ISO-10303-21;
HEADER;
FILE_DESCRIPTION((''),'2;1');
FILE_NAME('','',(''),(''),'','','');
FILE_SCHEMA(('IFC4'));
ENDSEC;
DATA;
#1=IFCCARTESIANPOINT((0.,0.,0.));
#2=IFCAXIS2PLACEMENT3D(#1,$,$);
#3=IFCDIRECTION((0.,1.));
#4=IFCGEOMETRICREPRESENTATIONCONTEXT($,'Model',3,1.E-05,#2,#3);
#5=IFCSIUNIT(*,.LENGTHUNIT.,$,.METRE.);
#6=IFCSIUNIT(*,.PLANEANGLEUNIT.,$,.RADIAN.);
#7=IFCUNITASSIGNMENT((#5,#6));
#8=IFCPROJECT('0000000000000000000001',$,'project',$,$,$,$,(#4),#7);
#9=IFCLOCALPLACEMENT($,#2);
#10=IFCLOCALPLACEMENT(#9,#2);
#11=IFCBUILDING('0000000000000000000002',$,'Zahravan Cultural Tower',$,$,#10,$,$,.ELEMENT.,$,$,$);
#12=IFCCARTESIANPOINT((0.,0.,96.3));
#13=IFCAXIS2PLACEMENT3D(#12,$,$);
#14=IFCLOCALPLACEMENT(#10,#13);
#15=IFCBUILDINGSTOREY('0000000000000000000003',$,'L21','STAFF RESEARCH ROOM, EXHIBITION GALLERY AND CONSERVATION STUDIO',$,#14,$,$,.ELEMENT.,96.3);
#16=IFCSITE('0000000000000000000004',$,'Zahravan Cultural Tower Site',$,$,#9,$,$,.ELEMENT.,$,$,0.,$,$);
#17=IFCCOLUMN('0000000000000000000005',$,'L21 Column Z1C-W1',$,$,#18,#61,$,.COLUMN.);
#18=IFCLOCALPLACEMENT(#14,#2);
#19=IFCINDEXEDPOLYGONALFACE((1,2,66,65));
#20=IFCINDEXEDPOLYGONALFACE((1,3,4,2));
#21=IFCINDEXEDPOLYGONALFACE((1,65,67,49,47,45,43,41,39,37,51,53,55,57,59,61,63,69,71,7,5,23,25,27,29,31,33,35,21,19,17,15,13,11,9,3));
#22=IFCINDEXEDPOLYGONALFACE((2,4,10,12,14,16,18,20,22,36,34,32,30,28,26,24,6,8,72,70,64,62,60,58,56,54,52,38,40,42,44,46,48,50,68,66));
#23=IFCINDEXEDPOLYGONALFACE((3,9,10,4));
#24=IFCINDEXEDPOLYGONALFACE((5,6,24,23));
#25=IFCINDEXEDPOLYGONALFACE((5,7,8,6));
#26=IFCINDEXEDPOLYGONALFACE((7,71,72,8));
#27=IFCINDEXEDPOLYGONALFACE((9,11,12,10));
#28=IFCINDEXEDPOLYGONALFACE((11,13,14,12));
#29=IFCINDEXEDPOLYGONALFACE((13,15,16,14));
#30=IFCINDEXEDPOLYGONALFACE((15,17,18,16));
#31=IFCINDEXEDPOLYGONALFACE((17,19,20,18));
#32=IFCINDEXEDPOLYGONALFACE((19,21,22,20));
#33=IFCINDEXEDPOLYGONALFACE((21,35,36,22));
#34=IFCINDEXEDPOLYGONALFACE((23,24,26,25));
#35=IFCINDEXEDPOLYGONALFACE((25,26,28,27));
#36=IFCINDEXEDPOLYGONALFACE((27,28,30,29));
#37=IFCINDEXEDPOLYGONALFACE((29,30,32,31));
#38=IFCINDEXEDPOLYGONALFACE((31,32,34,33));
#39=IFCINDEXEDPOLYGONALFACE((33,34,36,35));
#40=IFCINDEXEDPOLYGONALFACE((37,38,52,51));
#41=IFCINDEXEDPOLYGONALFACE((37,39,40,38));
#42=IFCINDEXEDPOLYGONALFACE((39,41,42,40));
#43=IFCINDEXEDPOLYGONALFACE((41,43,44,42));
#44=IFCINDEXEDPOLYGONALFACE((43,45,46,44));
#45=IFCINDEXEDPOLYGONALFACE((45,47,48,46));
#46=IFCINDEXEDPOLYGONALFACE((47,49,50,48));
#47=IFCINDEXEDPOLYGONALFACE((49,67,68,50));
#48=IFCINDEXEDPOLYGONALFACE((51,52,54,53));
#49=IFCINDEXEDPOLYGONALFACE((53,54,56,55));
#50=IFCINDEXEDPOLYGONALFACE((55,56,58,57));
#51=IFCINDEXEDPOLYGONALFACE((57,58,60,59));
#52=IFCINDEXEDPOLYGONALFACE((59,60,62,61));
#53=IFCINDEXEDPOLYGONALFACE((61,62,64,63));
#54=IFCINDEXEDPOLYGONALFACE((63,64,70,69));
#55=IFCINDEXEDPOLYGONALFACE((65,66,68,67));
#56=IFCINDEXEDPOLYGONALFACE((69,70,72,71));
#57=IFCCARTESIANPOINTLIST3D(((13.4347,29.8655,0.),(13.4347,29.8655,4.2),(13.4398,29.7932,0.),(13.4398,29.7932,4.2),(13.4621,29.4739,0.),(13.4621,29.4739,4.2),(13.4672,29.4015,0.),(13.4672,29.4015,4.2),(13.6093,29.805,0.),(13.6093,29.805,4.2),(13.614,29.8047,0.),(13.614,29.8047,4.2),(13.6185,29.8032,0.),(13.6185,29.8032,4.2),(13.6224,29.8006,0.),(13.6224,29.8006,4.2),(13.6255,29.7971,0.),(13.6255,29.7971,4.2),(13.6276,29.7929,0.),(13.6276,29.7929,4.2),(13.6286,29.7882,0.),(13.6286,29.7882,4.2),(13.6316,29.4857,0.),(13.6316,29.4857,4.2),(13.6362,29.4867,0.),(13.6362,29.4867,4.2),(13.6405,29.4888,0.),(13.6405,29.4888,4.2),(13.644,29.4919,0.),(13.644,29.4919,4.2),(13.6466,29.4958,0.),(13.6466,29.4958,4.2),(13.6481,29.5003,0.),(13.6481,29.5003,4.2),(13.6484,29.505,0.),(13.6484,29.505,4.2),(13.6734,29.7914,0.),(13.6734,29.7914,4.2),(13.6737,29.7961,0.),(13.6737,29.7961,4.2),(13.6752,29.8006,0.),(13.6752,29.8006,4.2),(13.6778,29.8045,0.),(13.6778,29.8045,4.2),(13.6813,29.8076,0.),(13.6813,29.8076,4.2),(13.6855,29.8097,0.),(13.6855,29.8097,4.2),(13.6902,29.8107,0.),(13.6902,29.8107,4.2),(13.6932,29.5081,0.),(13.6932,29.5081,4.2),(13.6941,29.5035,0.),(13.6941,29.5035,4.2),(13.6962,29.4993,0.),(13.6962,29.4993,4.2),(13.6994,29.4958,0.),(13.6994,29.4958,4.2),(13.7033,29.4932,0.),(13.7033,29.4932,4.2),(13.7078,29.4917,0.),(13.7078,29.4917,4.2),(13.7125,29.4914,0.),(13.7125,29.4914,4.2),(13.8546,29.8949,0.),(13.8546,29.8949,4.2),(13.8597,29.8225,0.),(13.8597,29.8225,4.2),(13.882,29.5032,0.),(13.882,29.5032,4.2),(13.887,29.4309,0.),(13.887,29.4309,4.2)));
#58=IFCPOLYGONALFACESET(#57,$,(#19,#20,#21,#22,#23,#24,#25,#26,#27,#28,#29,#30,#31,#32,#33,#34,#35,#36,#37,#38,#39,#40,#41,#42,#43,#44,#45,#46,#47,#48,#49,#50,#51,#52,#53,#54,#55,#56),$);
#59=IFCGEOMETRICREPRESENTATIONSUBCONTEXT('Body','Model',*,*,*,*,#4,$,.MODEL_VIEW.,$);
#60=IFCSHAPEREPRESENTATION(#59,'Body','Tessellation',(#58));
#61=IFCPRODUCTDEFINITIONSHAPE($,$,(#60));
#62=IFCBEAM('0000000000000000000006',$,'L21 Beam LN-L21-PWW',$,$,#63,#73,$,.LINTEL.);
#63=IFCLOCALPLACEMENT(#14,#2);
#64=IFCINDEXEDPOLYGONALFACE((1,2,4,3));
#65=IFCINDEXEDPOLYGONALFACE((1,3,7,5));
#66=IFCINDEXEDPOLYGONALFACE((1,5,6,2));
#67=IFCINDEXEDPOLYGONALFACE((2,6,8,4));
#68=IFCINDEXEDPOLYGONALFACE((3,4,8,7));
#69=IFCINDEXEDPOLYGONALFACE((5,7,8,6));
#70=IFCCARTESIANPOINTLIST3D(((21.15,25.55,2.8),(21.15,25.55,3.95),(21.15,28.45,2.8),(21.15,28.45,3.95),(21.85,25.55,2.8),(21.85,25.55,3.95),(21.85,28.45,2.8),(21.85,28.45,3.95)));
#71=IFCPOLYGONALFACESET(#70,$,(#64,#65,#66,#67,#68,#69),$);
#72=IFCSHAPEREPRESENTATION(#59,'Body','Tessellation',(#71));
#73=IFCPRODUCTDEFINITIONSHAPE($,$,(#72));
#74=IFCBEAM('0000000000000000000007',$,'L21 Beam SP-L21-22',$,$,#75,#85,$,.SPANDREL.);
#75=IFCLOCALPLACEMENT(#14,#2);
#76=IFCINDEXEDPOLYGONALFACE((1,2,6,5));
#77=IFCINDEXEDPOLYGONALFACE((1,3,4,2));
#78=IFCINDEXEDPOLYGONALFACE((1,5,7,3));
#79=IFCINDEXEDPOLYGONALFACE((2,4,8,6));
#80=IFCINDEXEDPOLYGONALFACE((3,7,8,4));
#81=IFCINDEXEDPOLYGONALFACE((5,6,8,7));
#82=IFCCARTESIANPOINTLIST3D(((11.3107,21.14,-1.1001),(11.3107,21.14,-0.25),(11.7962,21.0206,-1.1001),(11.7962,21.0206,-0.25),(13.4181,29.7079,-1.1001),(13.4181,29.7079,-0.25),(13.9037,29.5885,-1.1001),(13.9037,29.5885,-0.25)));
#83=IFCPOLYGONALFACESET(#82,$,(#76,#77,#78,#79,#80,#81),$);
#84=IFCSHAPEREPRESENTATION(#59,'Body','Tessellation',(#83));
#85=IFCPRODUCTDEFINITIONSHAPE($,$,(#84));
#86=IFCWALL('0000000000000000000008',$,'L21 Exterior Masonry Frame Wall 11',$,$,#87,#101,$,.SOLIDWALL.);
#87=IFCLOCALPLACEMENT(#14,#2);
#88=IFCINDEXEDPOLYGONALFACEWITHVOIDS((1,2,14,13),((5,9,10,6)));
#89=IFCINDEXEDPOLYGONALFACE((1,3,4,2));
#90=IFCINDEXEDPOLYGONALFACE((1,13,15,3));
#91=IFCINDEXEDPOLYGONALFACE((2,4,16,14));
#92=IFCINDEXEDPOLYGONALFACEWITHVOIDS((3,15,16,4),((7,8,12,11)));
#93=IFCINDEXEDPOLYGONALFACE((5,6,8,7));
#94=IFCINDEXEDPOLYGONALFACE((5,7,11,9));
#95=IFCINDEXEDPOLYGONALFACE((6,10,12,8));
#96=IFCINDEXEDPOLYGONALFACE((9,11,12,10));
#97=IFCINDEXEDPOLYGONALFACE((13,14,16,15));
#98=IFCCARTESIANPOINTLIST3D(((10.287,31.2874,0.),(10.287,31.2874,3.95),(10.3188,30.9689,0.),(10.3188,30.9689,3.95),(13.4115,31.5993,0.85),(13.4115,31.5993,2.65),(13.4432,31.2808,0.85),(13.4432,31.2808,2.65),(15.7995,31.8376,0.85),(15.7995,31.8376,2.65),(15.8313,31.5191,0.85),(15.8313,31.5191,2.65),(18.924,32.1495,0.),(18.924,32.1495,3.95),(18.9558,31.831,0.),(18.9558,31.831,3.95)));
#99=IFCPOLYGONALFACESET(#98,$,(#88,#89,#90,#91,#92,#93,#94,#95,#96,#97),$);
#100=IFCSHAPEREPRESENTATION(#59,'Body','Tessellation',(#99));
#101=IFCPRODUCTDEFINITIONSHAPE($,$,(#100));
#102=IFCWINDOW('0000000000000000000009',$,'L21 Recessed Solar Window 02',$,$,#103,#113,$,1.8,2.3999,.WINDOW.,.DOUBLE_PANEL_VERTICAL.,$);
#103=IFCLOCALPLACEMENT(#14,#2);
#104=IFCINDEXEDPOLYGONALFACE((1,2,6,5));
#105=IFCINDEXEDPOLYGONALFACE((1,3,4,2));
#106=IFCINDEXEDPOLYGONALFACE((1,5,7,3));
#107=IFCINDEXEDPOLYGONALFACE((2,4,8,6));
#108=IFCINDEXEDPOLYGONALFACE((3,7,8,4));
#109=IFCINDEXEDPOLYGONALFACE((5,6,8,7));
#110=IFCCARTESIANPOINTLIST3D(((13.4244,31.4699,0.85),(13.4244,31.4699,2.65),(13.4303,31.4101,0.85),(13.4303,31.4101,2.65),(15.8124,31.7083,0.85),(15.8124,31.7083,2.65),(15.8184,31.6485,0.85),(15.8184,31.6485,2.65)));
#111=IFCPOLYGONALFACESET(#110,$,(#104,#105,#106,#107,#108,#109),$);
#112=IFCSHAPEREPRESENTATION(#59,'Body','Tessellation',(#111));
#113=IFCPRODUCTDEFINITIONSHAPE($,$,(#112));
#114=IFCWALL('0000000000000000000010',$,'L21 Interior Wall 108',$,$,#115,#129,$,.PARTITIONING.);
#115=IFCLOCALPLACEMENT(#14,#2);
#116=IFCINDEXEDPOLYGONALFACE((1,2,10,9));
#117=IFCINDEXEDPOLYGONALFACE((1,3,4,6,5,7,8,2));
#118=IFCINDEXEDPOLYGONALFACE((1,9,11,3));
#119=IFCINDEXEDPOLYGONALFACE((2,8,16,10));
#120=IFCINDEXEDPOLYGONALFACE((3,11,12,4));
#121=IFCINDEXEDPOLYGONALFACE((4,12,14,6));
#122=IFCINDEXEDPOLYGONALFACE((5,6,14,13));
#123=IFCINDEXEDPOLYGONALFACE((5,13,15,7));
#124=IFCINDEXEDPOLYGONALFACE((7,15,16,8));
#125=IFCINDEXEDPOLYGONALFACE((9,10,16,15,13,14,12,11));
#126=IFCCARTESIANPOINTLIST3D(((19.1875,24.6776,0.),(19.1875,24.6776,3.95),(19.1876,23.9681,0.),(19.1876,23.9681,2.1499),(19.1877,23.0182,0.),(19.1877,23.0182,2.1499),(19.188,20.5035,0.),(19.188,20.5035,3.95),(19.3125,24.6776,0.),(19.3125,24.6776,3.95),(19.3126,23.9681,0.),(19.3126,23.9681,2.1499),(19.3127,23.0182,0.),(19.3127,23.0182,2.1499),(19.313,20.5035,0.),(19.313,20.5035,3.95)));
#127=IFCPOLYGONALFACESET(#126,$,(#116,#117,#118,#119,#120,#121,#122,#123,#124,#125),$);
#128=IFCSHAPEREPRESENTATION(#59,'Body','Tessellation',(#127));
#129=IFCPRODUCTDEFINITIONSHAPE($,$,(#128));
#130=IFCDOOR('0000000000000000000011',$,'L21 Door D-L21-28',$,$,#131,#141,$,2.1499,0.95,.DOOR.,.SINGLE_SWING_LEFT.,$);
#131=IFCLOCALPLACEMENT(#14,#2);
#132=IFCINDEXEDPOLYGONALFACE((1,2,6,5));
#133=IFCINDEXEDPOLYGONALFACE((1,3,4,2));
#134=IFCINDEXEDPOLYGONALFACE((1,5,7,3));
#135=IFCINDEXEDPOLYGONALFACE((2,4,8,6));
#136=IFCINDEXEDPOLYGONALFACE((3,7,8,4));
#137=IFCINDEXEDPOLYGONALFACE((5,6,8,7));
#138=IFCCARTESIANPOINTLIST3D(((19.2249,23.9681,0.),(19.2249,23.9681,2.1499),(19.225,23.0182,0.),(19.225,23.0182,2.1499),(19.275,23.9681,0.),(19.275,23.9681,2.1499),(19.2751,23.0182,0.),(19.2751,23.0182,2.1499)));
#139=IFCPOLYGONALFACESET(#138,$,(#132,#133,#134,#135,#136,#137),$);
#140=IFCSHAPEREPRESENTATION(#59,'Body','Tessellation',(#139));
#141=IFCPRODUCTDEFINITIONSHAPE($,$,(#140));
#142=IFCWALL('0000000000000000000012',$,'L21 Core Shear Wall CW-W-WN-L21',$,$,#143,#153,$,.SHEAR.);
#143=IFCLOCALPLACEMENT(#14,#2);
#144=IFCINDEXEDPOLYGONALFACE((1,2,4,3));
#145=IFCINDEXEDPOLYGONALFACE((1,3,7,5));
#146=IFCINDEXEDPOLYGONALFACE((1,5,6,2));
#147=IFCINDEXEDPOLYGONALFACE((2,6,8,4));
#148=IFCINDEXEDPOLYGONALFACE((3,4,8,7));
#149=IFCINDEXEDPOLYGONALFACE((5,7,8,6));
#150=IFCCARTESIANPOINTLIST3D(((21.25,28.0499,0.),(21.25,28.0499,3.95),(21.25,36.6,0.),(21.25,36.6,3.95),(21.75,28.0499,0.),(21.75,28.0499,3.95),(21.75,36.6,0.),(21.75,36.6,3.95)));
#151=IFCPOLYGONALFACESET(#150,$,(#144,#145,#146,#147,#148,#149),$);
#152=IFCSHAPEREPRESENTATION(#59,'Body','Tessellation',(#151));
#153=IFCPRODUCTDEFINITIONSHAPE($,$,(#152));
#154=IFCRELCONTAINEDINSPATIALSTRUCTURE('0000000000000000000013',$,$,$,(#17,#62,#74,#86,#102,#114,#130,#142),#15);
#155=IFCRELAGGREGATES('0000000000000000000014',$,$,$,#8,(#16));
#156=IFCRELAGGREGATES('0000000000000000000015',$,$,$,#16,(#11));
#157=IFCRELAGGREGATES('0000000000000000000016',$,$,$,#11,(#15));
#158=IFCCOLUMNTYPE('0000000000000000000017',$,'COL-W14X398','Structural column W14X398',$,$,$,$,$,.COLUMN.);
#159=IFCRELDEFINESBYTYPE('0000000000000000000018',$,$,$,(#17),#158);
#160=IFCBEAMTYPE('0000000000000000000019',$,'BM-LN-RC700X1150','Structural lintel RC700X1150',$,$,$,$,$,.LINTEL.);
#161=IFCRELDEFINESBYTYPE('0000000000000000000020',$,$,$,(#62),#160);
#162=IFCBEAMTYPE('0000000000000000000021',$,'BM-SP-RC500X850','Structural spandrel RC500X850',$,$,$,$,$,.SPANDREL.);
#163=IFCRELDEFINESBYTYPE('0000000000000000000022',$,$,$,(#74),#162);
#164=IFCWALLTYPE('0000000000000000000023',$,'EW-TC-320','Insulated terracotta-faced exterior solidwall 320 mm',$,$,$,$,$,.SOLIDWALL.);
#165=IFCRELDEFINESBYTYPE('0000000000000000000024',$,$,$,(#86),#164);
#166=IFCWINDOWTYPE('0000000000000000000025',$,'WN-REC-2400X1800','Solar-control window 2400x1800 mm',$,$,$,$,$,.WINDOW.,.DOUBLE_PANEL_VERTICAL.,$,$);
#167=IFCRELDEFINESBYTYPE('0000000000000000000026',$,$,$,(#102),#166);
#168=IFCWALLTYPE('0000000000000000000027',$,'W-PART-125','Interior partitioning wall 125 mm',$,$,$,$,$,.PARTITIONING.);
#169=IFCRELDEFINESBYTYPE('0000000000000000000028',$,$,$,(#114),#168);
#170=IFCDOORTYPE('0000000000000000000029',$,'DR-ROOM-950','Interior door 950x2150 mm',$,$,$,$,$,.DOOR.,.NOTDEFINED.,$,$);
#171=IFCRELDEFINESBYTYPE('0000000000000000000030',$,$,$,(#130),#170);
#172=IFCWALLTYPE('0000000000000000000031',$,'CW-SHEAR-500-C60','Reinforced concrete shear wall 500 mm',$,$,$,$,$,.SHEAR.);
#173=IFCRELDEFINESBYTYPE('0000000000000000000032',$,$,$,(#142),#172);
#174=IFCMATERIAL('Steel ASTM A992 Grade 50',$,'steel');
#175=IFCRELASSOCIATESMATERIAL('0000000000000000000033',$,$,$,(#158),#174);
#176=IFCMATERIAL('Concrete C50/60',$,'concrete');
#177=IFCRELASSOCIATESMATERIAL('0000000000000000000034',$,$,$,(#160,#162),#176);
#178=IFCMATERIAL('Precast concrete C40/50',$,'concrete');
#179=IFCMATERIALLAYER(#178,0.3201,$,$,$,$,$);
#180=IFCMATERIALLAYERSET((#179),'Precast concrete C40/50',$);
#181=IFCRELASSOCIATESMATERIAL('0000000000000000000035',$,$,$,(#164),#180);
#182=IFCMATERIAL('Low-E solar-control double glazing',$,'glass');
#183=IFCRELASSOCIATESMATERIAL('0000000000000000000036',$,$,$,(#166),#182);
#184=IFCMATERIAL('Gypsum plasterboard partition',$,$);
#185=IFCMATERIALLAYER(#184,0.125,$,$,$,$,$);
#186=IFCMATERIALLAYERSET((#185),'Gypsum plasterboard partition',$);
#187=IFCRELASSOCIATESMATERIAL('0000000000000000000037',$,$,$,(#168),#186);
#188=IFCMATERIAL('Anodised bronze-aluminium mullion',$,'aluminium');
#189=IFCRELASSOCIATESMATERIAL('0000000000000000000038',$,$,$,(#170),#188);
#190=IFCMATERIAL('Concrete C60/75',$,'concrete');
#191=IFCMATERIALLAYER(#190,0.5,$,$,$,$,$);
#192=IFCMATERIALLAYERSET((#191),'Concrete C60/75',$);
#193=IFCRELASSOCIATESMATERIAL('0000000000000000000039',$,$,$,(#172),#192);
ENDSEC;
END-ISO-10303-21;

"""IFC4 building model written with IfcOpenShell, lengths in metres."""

from ifc_helpers import new_model, si_unit, direction, frame, frame_2d, origin, origin_2d, place, context, subcontext, project, spatial, rectangle, i_section, extrude, source, transform, mapped, material, layer, layer_set, material_profile, profile_set, type_object, element, fill, save


model = new_model("IFC4")

# Units and contexts
model_context = context("Model", 3, precision=1e-05, world=origin(), true_north=direction((0.0, 1.0)))
body_context = subcontext(model_context, "Body", "Model", "MODEL_VIEW")
ifc_project = project(units=[si_unit("LENGTHUNIT", "METRE"), si_unit("PLANEANGLEUNIT", "RADIAN")], contexts=[model_context])

# Site, building, storey
site_placement = place(None, origin())
site = spatial("IfcSite", under=ifc_project, at=site_placement, Name="Zahravan Cultural Tower Site", CompositionType="ELEMENT", RefElevation=0.0)
building_placement = place(site_placement, origin())
building = spatial("IfcBuilding", under=site, at=building_placement, Name="Zahravan Cultural Tower", CompositionType="ELEMENT")
storey_placement = place(building_placement, frame((0.0, 0.0, 96.3)))
storey = spatial("IfcBuildingStorey", under=building, at=storey_placement, Name="L21", Description="STAFF RESEARCH ROOM, EXHIBITION GALLERY AND CONSERVATION STUDIO", CompositionType="ELEMENT", Elevation=96.3)

# Column
ifc_material_1 = material(Name="Steel ASTM A992 Grade 50", Category="steel")
ifc_material_profile_1 = material_profile(ifc_material_1, i_section(OverallWidth=0.4209, OverallDepth=0.4651, WebThickness=0.0449, FlangeThickness=0.0725, FilletRadius=0.0181, at=origin_2d()), Name="W14X398")
ifc_profile_set_1 = profile_set([ifc_material_profile_1], Name="Steel ASTM A992 Grade 50")
column_type = type_object("IfcColumnType", Name="COL-W14X398", Description="Structural column W14X398", PredefinedType="COLUMN", material=ifc_profile_set_1)
shared_shape_1 = source(origin(), body_context, "Body", "SweptSolid", [
    extrude(i_section(OverallWidth=0.4209, OverallDepth=0.4651, WebThickness=0.0449, FlangeThickness=0.0725, FilletRadius=0.0181, at=origin_2d()), origin(), (0.0, 0.0, 1.0), 4.2),
])
column_placement = place(storey_placement, frame((13.6609, 29.6482, 0.0), z_axis=(0.0, 0.0, 1.0), x_axis=(0.997564, 0.069756, 0.0)))
element("IfcColumn", 1, at=column_placement, inside=storey, type_object=column_type, Name="L21 Column Z1C-W1", PredefinedType="COLUMN", context=body_context, shape_type="MappedRepresentation", body=[
    mapped(shared_shape_1, transform((0.0, 0.0, 0.0), x_axis=(1.0, 0.0, 0.0), y_axis=(0.0, 1.0, 0.0), z_axis=(0.0, 0.0, 1.0), scale=1.0)),
])

# Beams
ifc_material_2 = material(Name="Concrete C50/60", Category="concrete")
ifc_material_profile_2 = material_profile(ifc_material_2, rectangle(XDim=0.7, YDim=1.1499, at=origin_2d()), Name="RC700X1150")
ifc_profile_set_2 = profile_set([ifc_material_profile_2], Name="Concrete C50/60")
beam_type_1 = type_object("IfcBeamType", Name="BM-LN-RC700X1150", Description="Structural lintel RC700X1150", PredefinedType="LINTEL", material=ifc_profile_set_2)
shared_shape_2 = source(origin(), body_context, "Body", "SweptSolid", [
    extrude(rectangle(XDim=0.7, YDim=1.1499, at=origin_2d()), origin(), (0.0, 0.0, 1.0), 2.8999),
])
beam_1_placement = place(storey_placement, frame((21.5, 25.55, 3.375), z_axis=(0.0, 1.0, 0.0), x_axis=(-1.0, 0.0, 0.0)))
element("IfcBeam", 2, at=beam_1_placement, inside=storey, type_object=beam_type_1, Name="L21 Beam LN-L21-PWW", PredefinedType="LINTEL", context=body_context, shape_type="MappedRepresentation", body=[
    mapped(shared_shape_2, transform((0.0, 0.0, 0.0), x_axis=(1.0, 0.0, 0.0), y_axis=(0.0, 1.0, 0.0), z_axis=(0.0, 0.0, 1.0), scale=1.0)),
])
ifc_material_profile_3 = material_profile(ifc_material_2, rectangle(XDim=0.5, YDim=0.8501, at=origin_2d()), Name="RC500X850")
ifc_profile_set_3 = profile_set([ifc_material_profile_3], Name="Concrete C50/60")
beam_type_2 = type_object("IfcBeamType", Name="BM-SP-RC500X850", Description="Structural spandrel RC500X850", PredefinedType="SPANDREL", material=ifc_profile_set_3)
shared_shape_3 = source(origin(), body_context, "Body", "SweptSolid", [
    extrude(rectangle(XDim=0.5, YDim=0.8501, at=origin_2d()), origin(), (0.0, 0.0, 1.0), 8.8232),
])
beam_2_placement = place(storey_placement, frame((13.6609, 29.6482, -0.675), z_axis=(-0.238849, -0.971057, 0.0), x_axis=(0.971057, -0.238849, 0.0)))
element("IfcBeam", 3, at=beam_2_placement, inside=storey, type_object=beam_type_2, Name="L21 Beam SP-L21-22", PredefinedType="SPANDREL", context=body_context, shape_type="MappedRepresentation", body=[
    mapped(shared_shape_3, transform((0.0, 0.0, 0.0), x_axis=(1.0, 0.0, 0.0), y_axis=(0.0, 1.0, 0.0), z_axis=(0.0, 0.0, 1.0), scale=1.0)),
])

# Wall, opening, window
ifc_material_3 = material(Name="Precast concrete C40/50", Category="concrete")
ifc_layer_1 = layer(ifc_material_3, 0.3201)
ifc_layer_set_1 = layer_set([ifc_layer_1], Name="Precast concrete C40/50")
wall_type_1 = type_object("IfcWallType", Name="EW-TC-320", Description="Insulated terracotta-faced exterior solidwall 320 mm", PredefinedType="SOLIDWALL", material=ifc_layer_set_1)
wall_1_placement = place(storey_placement, frame((10.303, 31.1282, 0.0), z_axis=(0.0, 0.0, 1.0), x_axis=(0.995056, 0.099317, 0.0)))
wall_1 = element("IfcWall", 4, at=wall_1_placement, inside=storey, type_object=wall_type_1, Name="L21 Exterior Masonry Frame Wall 11", PredefinedType="SOLIDWALL", context=body_context, shape_type="SweptSolid", body=[
    extrude(rectangle(XDim=8.6799, YDim=0.3201, at=frame_2d((4.3398, 0.0))), origin(), (0.0, 0.0, 1.0), 3.95),
])
opening_1_placement = place(wall_1_placement, frame((3.1399, 0.0, 0.8501)))
opening_1 = element("IfcOpeningElement", 5, at=opening_1_placement, cuts=wall_1, PredefinedType="OPENING", context=body_context, shape_type="SweptSolid", body=[
    extrude(rectangle(XDim=2.3999, YDim=1.8, at=frame_2d((1.2, 0.8999))), frame((0.0, 0.1699, 0.0), z_axis=(0.0, -1.0, 0.0), x_axis=(1.0, 0.0, 0.0)), (0.0, 0.0, 1.0), 0.3401),
])
ifc_material_4 = material(Name="Low-E solar-control double glazing", Category="glass")
window_type = type_object("IfcWindowType", Name="WN-REC-2400X1800", Description="Solar-control window 2400x1800 mm", PartitioningType="DOUBLE_PANEL_VERTICAL", PredefinedType="WINDOW", material=ifc_material_4)
shared_shape_4 = source(origin(), body_context, "Body", "SweptSolid", [
    extrude(rectangle(XDim=2.3999, YDim=1.8, at=frame_2d((1.2, 0.8999))), frame((0.0, 0.03, 0.0), z_axis=(0.0, -1.0, 0.0), x_axis=(1.0, 0.0, 0.0)), (0.0, 0.0, 1.0), 0.0601),
])
window_placement = place(opening_1_placement, origin())
window = element("IfcWindow", 6, at=window_placement, inside=storey, type_object=window_type, Name="L21 Recessed Solar Window 02", OverallHeight=1.8, OverallWidth=2.3999, PartitioningType="DOUBLE_PANEL_VERTICAL", PredefinedType="WINDOW", context=body_context, shape_type="MappedRepresentation", body=[
    mapped(shared_shape_4, transform((0.0, 0.0, 0.0), x_axis=(1.0, 0.0, 0.0), y_axis=(0.0, 1.0, 0.0), z_axis=(0.0, 0.0, 1.0), scale=1.0)),
])
fill(opening_1, window)

# Wall, opening, door
ifc_material_5 = material(Name="Gypsum plasterboard partition")
ifc_layer_2 = layer(ifc_material_5, 0.125)
ifc_layer_set_2 = layer_set([ifc_layer_2], Name="Gypsum plasterboard partition")
wall_type_2 = type_object("IfcWallType", Name="W-PART-125", Description="Interior partitioning wall 125 mm", PredefinedType="PARTITIONING", material=ifc_layer_set_2)
wall_2_placement = place(storey_placement, frame((19.25, 24.6775, 0.0), z_axis=(0.0, 0.0, 1.0), x_axis=(0.000117, -1.0, 0.0)))
wall_2 = element("IfcWall", 7, at=wall_2_placement, inside=storey, type_object=wall_type_2, Name="L21 Interior Wall 108", PredefinedType="PARTITIONING", context=body_context, shape_type="SweptSolid", body=[
    extrude(rectangle(XDim=4.1741, YDim=0.125, at=frame_2d((2.0869, 0.0))), origin(), (0.0, 0.0, 1.0), 3.95),
])
opening_2_placement = place(wall_2_placement, frame((0.7092, 0.0, 0.0)))
opening_2 = element("IfcOpeningElement", 8, at=opening_2_placement, cuts=wall_2, PredefinedType="OPENING", context=body_context, shape_type="SweptSolid", body=[
    extrude(rectangle(XDim=0.95, YDim=2.1499, at=frame_2d((0.4751, 1.075))), frame((0.0, 0.0725, 0.0), z_axis=(0.0, -1.0, 0.0), x_axis=(1.0, 0.0, 0.0)), (0.0, 0.0, 1.0), 0.145),
])
ifc_material_6 = material(Name="Anodised bronze-aluminium mullion", Category="aluminium")
door_type = type_object("IfcDoorType", Name="DR-ROOM-950", Description="Interior door 950x2150 mm", OperationType="NOTDEFINED", PredefinedType="DOOR", material=ifc_material_6)
shared_shape_5 = source(origin(), body_context, "Body", "SweptSolid", [
    extrude(rectangle(XDim=0.95, YDim=2.1499, at=frame_2d((0.4751, 1.075))), frame((0.0, 0.0249, 0.0), z_axis=(0.0, -1.0, 0.0), x_axis=(1.0, 0.0, 0.0)), (0.0, 0.0, 1.0), 0.05),
])
door_placement = place(opening_2_placement, origin())
door = element("IfcDoor", 9, at=door_placement, inside=storey, type_object=door_type, Name="L21 Door D-L21-28", OperationType="SINGLE_SWING_LEFT", OverallHeight=2.1499, OverallWidth=0.95, PredefinedType="DOOR", context=body_context, shape_type="MappedRepresentation", body=[
    mapped(shared_shape_5, transform((0.0, 0.0, 0.0), x_axis=(1.0, 0.0, 0.0), y_axis=(0.0, 1.0, 0.0), z_axis=(0.0, 0.0, 1.0), scale=1.0)),
])
fill(opening_2, door)

# Wall
ifc_material_7 = material(Name="Concrete C60/75", Category="concrete")
ifc_layer_3 = layer(ifc_material_7, 0.5)
ifc_layer_set_3 = layer_set([ifc_layer_3], Name="Concrete C60/75")
wall_type_3 = type_object("IfcWallType", Name="CW-SHEAR-500-C60", Description="Reinforced concrete shear wall 500 mm", PredefinedType="SHEAR", material=ifc_layer_set_3)
shared_shape_6 = source(origin(), body_context, "Body", "SweptSolid", [
    extrude(rectangle(XDim=8.55, YDim=0.5, at=frame_2d((4.2749, 0.0))), origin(), (0.0, 0.0, 1.0), 3.95),
])
wall_3_placement = place(storey_placement, frame((21.5, 28.05, 0.0), z_axis=(0.0, 0.0, 1.0), x_axis=(0.0, 1.0, 0.0)))
element("IfcWall", 10, at=wall_3_placement, inside=storey, type_object=wall_type_3, Name="L21 Core Shear Wall CW-W-WN-L21", PredefinedType="SHEAR", context=body_context, shape_type="MappedRepresentation", body=[
    mapped(shared_shape_6, transform((0.0, 0.0, 0.0), x_axis=(1.0, 0.0, 0.0), y_axis=(0.0, 1.0, 0.0), z_axis=(0.0, 0.0, 1.0), scale=1.0)),
])

save(model, "model.ifc")
